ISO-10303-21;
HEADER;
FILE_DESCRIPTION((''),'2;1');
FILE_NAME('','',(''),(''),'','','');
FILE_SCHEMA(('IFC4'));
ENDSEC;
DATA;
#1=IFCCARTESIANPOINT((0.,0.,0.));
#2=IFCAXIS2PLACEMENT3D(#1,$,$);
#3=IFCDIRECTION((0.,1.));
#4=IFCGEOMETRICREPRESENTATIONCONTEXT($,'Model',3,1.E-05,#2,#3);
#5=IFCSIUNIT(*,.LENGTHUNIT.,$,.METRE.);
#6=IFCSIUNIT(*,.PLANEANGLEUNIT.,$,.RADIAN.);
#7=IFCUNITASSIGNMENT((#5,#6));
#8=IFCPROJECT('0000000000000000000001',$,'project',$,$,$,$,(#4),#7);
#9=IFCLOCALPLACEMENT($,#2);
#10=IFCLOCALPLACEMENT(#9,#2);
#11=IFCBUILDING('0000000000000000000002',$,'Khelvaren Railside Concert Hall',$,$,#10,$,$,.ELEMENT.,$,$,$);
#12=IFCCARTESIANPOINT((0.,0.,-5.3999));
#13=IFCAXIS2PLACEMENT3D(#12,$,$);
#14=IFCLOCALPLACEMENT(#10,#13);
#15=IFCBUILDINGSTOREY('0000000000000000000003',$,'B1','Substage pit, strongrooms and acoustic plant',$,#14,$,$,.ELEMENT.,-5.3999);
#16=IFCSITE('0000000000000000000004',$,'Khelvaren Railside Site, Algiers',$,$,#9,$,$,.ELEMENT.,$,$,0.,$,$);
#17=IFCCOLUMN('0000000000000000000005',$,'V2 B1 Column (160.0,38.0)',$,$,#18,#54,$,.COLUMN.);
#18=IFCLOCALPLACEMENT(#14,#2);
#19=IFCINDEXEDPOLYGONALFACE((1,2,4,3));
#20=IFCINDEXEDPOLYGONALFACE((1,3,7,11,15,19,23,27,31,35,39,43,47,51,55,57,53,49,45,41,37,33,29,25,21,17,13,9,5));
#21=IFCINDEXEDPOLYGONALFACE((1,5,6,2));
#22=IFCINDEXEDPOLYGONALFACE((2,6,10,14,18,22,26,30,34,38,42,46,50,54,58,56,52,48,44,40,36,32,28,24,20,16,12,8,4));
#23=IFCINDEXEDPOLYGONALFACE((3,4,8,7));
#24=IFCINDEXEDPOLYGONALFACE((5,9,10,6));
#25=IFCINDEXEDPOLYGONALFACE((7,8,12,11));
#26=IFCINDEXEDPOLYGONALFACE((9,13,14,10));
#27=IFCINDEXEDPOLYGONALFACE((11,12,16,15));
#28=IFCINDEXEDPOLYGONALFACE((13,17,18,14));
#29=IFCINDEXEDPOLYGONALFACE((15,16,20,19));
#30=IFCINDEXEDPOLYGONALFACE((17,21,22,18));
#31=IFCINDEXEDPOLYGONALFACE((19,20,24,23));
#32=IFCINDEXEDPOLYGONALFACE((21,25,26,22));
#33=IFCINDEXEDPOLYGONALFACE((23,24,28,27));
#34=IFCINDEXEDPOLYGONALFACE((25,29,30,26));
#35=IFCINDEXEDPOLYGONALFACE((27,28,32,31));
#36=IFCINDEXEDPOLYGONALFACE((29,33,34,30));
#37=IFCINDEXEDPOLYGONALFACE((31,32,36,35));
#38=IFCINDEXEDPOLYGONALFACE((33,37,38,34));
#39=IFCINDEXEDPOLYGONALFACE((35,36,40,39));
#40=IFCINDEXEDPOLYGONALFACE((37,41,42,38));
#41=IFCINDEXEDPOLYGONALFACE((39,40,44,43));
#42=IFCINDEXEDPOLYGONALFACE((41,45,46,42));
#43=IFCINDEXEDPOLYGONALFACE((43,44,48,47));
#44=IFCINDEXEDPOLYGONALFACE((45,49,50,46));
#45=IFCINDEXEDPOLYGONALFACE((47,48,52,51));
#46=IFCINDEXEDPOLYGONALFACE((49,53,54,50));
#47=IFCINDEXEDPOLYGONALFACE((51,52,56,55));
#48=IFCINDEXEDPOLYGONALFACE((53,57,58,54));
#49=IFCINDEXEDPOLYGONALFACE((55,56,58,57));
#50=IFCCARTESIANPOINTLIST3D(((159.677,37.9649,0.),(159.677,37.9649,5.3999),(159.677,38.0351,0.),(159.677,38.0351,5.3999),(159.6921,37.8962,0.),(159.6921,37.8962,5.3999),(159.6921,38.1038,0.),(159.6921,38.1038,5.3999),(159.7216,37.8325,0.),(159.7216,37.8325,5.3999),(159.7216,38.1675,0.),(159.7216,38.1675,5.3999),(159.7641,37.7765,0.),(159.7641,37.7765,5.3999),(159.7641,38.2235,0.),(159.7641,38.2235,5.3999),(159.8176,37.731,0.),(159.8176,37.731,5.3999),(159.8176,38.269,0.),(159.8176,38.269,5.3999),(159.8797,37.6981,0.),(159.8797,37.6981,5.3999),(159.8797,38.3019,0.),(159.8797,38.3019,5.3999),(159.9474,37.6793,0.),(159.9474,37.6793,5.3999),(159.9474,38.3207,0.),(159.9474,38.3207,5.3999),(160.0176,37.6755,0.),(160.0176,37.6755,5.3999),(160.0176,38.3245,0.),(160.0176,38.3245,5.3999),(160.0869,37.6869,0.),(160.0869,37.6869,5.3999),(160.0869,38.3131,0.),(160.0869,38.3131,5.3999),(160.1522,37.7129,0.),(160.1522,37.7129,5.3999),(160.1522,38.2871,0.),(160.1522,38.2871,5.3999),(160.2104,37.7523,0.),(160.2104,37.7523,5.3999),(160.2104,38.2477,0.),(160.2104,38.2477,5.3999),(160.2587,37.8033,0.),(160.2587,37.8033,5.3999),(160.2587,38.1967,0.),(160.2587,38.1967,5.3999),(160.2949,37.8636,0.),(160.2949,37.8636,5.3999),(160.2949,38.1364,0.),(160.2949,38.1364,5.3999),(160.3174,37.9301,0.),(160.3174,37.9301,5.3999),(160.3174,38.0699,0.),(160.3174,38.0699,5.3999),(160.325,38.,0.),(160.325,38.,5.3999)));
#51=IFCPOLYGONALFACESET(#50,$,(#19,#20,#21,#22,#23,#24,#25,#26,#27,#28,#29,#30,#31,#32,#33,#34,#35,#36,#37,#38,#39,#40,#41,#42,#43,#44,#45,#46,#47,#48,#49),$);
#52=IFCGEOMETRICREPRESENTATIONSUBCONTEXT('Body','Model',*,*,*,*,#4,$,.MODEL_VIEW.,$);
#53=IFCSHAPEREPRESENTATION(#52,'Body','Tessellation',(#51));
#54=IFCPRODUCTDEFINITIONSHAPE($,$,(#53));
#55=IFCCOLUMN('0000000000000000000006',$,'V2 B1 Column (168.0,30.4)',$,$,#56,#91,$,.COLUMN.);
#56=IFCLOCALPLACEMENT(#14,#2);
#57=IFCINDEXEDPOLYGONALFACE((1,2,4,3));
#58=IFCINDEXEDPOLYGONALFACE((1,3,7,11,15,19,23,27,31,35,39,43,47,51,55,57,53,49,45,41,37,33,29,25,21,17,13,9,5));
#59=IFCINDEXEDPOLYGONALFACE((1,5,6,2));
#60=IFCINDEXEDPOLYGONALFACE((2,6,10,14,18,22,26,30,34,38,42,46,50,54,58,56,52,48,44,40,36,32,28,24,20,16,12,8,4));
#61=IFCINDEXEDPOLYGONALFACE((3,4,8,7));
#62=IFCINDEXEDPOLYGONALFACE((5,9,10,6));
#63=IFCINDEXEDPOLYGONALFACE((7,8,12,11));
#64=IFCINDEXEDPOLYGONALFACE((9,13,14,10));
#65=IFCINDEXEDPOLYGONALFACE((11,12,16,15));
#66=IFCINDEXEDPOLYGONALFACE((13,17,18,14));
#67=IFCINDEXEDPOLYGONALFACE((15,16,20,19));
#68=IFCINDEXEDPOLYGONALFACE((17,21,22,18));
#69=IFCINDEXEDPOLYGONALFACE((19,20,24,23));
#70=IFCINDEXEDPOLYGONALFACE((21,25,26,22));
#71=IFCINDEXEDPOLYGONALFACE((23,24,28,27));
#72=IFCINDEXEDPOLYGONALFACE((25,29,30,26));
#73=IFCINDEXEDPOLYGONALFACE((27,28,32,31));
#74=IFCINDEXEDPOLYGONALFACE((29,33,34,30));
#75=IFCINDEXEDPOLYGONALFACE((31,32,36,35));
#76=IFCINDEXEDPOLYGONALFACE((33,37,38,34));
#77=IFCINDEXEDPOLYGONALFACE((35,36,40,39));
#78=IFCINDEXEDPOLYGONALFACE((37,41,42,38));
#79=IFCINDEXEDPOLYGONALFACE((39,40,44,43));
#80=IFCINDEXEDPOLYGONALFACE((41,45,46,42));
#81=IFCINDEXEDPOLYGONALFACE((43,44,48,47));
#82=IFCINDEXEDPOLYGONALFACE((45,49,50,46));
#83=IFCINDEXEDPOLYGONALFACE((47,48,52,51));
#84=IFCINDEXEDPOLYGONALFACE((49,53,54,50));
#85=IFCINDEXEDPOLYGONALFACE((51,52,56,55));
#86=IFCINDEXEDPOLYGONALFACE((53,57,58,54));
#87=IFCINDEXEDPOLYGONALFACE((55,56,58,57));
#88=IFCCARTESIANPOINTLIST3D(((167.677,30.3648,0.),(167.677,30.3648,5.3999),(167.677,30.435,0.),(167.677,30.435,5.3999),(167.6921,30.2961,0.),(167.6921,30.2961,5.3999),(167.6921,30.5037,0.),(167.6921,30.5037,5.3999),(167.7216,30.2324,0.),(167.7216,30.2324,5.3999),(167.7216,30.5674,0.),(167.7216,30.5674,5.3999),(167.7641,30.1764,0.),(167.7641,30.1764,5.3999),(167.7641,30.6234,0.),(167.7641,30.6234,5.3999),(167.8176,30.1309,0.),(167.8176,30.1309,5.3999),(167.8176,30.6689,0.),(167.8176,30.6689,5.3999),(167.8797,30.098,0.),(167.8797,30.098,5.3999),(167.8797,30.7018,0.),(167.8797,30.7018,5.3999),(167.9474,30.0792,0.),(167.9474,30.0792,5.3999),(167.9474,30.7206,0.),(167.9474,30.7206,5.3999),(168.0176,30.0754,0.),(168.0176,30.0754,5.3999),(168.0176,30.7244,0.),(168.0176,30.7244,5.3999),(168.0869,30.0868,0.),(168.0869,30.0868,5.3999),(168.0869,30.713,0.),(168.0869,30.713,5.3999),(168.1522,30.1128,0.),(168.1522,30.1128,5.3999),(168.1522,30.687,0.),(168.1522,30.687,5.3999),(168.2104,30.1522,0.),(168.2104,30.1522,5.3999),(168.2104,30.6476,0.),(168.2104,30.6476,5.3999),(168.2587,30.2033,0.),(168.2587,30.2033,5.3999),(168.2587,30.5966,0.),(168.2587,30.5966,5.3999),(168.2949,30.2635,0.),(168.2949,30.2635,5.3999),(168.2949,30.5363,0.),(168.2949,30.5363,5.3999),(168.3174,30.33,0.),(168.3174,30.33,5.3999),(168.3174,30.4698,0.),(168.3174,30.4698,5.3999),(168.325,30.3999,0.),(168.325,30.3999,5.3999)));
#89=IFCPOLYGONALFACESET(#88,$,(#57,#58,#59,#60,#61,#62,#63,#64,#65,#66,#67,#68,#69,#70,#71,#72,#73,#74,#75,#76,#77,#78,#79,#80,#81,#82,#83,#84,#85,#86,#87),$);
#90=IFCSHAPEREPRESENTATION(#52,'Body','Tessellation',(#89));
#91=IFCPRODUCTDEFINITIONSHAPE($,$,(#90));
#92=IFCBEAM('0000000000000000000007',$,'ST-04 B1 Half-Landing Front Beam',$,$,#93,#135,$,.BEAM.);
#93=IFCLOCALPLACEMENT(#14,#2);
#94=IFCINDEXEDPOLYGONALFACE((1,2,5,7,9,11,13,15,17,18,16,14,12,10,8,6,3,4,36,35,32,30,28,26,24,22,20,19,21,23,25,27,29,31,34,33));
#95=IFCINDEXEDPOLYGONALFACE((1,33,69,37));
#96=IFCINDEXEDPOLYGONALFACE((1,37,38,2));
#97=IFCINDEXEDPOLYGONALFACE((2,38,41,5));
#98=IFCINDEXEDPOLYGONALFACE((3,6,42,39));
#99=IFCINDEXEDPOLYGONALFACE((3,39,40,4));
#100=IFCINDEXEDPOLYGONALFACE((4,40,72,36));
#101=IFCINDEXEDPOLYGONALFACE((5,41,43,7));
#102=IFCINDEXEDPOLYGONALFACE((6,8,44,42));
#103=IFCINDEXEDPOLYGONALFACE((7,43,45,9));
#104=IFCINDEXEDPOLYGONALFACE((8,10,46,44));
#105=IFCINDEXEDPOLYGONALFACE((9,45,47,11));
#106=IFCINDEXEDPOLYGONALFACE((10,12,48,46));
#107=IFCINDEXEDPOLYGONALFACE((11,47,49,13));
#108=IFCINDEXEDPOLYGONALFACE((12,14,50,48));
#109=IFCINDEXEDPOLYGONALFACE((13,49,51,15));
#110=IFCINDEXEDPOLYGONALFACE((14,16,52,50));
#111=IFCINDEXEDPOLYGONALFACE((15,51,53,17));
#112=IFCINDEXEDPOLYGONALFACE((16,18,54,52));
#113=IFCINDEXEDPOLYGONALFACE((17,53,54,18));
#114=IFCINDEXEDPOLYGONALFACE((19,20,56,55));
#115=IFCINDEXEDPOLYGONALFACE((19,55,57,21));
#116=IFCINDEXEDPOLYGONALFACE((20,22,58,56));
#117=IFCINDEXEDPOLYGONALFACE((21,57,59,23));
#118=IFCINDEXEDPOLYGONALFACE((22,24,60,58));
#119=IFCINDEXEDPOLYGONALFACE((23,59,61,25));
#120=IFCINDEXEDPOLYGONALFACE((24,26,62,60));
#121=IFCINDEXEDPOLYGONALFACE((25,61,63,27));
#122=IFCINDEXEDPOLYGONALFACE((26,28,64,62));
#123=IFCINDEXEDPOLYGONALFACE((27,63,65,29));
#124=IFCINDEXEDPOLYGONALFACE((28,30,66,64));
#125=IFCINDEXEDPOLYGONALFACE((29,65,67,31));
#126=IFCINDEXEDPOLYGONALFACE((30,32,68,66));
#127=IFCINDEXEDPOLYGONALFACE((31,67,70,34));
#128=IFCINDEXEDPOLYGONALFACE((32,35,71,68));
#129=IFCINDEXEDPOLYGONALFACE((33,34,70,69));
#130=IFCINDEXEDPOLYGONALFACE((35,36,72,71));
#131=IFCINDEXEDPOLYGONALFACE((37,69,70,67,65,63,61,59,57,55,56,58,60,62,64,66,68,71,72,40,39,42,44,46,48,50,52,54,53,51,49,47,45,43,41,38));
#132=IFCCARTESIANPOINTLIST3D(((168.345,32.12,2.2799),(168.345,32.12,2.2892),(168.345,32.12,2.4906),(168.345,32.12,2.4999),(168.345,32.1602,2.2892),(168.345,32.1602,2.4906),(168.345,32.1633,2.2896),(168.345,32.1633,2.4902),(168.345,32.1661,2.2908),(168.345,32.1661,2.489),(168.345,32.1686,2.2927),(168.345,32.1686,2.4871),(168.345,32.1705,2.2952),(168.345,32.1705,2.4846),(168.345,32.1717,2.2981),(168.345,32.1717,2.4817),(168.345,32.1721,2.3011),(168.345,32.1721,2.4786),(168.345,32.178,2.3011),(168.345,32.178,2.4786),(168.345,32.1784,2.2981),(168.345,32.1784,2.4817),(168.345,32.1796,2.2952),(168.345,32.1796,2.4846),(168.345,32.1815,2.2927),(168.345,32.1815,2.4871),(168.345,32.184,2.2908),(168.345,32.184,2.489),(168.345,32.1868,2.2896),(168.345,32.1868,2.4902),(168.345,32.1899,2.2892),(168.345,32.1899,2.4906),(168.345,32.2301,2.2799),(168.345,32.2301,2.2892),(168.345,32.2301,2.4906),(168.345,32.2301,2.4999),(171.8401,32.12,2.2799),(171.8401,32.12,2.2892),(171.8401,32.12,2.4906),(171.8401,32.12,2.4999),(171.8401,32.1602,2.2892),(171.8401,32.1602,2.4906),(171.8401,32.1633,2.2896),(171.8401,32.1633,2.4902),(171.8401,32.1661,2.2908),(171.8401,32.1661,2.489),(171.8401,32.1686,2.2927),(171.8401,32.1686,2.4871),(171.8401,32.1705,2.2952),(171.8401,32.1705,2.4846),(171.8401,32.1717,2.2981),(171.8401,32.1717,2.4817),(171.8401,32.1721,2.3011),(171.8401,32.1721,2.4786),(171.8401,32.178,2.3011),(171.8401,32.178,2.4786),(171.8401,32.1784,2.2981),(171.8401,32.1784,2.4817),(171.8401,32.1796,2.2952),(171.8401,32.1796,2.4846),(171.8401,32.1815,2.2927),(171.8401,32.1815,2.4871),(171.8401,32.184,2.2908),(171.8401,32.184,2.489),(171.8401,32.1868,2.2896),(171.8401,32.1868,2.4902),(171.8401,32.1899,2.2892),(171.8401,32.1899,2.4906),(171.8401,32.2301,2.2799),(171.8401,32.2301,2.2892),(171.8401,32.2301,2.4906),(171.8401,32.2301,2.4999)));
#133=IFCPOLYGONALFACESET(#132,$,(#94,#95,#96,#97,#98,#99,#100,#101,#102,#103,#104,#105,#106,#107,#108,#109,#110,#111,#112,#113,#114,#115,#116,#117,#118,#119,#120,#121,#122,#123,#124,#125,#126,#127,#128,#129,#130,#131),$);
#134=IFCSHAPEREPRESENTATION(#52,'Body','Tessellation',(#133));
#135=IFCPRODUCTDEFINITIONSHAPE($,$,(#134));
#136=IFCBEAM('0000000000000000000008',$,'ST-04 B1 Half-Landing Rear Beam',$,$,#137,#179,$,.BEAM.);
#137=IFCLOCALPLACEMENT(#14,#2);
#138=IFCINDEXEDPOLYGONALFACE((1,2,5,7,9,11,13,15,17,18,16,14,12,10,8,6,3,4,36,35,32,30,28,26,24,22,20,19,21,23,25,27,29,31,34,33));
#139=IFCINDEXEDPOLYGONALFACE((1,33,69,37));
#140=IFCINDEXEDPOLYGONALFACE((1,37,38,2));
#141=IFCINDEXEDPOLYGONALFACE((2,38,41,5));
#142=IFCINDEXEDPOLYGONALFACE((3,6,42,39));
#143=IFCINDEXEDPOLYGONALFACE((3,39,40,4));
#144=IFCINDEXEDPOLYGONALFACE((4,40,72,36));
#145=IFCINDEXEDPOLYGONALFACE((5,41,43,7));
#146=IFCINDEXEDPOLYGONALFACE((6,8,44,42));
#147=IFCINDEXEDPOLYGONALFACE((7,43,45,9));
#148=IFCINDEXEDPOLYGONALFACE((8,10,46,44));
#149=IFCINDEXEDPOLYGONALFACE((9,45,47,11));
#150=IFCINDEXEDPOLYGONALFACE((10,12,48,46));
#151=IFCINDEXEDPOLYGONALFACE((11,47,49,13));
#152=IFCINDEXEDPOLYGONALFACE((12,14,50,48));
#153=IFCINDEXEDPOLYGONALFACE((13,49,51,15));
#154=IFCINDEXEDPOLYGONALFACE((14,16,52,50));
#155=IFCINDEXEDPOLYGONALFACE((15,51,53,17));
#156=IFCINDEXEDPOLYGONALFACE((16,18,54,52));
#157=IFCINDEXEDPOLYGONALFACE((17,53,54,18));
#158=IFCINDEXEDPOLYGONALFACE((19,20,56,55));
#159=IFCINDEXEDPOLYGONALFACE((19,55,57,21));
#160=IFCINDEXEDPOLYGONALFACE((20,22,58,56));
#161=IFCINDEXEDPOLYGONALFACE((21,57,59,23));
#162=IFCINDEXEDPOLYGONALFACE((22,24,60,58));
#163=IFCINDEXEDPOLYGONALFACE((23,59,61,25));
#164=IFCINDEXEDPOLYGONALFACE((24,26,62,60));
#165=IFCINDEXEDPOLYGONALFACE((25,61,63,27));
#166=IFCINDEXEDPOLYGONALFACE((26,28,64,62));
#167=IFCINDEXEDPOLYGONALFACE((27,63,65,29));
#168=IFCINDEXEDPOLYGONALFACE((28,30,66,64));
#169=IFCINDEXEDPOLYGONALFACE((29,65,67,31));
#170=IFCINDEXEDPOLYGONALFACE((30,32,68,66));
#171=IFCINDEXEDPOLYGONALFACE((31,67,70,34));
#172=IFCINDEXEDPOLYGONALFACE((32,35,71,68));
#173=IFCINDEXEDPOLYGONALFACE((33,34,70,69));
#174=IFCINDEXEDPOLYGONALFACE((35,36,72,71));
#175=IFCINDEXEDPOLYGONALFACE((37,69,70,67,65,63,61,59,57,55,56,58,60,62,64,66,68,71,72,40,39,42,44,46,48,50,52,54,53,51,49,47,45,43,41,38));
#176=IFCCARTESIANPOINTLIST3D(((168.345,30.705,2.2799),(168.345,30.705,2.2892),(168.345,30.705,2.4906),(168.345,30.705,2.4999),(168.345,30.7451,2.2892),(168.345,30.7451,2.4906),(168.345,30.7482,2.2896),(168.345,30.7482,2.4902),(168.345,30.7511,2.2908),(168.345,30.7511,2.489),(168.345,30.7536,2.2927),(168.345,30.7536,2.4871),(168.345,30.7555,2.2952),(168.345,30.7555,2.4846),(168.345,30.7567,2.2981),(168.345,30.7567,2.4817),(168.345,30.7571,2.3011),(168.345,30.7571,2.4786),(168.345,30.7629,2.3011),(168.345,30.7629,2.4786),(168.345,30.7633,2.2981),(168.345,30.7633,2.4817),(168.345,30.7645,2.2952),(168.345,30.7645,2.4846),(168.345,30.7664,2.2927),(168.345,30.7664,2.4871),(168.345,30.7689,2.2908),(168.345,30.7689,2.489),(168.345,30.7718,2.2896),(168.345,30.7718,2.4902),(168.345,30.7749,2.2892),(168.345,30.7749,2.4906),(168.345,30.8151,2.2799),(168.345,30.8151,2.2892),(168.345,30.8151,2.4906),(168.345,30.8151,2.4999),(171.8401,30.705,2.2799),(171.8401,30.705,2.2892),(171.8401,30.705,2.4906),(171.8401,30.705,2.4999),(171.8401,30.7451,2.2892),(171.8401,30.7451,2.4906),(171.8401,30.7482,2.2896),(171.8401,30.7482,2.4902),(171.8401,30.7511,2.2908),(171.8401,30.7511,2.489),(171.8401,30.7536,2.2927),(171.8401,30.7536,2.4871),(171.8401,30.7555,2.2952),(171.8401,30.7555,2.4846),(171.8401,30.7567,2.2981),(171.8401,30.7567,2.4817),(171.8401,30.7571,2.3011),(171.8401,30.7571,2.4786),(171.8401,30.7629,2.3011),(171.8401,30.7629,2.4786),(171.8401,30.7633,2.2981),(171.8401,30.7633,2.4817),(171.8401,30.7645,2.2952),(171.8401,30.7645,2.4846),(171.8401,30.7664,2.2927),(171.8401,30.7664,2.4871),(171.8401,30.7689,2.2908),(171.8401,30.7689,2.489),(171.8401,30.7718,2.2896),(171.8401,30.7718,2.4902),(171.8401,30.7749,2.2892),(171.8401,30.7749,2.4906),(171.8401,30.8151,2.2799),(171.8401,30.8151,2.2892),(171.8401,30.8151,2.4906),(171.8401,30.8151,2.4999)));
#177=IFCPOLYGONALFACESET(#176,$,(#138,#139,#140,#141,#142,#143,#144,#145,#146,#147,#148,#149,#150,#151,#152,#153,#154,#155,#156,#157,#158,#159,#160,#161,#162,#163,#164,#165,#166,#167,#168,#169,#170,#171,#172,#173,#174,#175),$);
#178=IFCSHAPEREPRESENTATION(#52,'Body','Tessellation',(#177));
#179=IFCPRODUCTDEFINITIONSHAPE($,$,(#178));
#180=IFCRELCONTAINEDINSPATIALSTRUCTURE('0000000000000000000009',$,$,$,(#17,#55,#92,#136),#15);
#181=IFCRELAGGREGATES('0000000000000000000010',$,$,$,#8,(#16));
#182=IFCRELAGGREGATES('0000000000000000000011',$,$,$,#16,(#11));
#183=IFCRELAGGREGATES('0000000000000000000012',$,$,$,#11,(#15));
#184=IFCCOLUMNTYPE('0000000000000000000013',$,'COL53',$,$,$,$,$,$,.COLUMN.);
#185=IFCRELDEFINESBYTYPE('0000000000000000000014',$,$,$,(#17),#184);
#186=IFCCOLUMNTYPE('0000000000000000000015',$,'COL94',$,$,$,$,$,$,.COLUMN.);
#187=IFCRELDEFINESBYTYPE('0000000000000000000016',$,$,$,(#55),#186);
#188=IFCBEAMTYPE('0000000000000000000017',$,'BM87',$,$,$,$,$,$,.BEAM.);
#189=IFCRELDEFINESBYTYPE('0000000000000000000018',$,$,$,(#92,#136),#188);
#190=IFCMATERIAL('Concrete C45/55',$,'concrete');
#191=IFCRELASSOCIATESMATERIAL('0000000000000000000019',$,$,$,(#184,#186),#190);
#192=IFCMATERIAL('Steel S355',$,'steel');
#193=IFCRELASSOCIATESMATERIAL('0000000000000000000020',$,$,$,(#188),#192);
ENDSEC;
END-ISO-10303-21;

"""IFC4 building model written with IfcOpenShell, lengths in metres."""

from ifc_helpers import new_model, si_unit, direction, frame, origin, origin_2d, place, context, subcontext, project, spatial, circle, i_section, extrude, material, material_profile, profile_set, type_object, element, save


model = new_model("IFC4")

# Units and contexts
model_context = context("Model", 3, precision=1e-05, world=origin(), true_north=direction((0.0, 1.0)))
body_context = subcontext(model_context, "Body", "Model", "MODEL_VIEW")
ifc_project = project(units=[si_unit("LENGTHUNIT", "METRE"), si_unit("PLANEANGLEUNIT", "RADIAN")], contexts=[model_context])

# Site, building, storey
site_placement = place(None, origin())
site = spatial("IfcSite", under=ifc_project, at=site_placement, Name="Khelvaren Railside Site, Algiers", CompositionType="ELEMENT", RefElevation=0.0)
building_placement = place(site_placement, origin())
building = spatial("IfcBuilding", under=site, at=building_placement, Name="Khelvaren Railside Concert Hall", CompositionType="ELEMENT")
storey_placement = place(building_placement, frame((0.0, 0.0, -5.3999)))
storey = spatial("IfcBuildingStorey", under=building, at=storey_placement, Name="B1", Description="Substage pit, strongrooms and acoustic plant", CompositionType="ELEMENT", Elevation=-5.3999)

# Columns
ifc_material_1 = material(Name="Concrete C45/55", Category="concrete")
ifc_material_profile_1 = material_profile(ifc_material_1, circle(Radius=0.325, at=origin_2d()), Name="RC D650")
ifc_profile_set_1 = profile_set([ifc_material_profile_1], Name="Concrete C45/55")
column_type_1 = type_object("IfcColumnType", Name="COL53", PredefinedType="COLUMN", material=ifc_profile_set_1)
column_1_placement = place(storey_placement, frame((160.0, 38.0, 0.0), z_axis=(0.0, 0.0, 1.0), x_axis=(1.0, 0.0, 0.0)))
element("IfcColumn", 1, at=column_1_placement, inside=storey, type_object=column_type_1, Name="V2 B1 Column (160.0,38.0)", PredefinedType="COLUMN", context=body_context, shape_type="SweptSolid", body=[
    extrude(circle(Radius=0.325, at=origin_2d()), origin(), (0.0, 0.0, 1.0), 5.3999),
])
ifc_material_profile_2 = material_profile(ifc_material_1, circle(Radius=0.325, at=origin_2d()), Name="RC D650")
ifc_profile_set_2 = profile_set([ifc_material_profile_2], Name="Concrete C45/55")
column_type_2 = type_object("IfcColumnType", Name="COL94", PredefinedType="COLUMN", material=ifc_profile_set_2)
column_2_placement = place(storey_placement, frame((168.0, 30.3999, 0.0), z_axis=(0.0, 0.0, 1.0), x_axis=(1.0, 0.0, 0.0)))
element("IfcColumn", 2, at=column_2_placement, inside=storey, type_object=column_type_2, Name="V2 B1 Column (168.0,30.4)", PredefinedType="COLUMN", context=body_context, shape_type="SweptSolid", body=[
    extrude(circle(Radius=0.325, at=origin_2d()), origin(), (0.0, 0.0, 1.0), 5.3999),
])

# Beams
ifc_material_2 = material(Name="Steel S355", Category="steel")
ifc_material_profile_3 = material_profile(ifc_material_2, i_section(OverallWidth=0.1101, OverallDepth=0.22, WebThickness=0.0059, FlangeThickness=0.0093, FilletRadius=0.012, at=origin_2d()), Name="IPE 220")
ifc_profile_set_3 = profile_set([ifc_material_profile_3], Name="Steel S355")
beam_type_1 = type_object("IfcBeamType", Name="BM87", PredefinedType="BEAM", material=ifc_profile_set_3)
for number, where, z_axis, x_axis, name in (
    (3, (168.345, 32.175, 2.3899), (1.0, 0.0, 0.0), (0.0, 1.0, 0.0), "ST-04 B1 Half-Landing Front Beam"),
    (4, (168.345, 30.76, 2.3899), (1.0, 0.0, 0.0), (0.0, 1.0, 0.0), "ST-04 B1 Half-Landing Rear Beam"),
):
    element("IfcBeam", number, at=place(storey_placement, frame(where, z_axis=z_axis, x_axis=x_axis)), inside=storey, type_object=beam_type_1, Name=name, PredefinedType="BEAM", context=body_context, shape_type="SweptSolid", body=[
        extrude(i_section(OverallWidth=0.1101, OverallDepth=0.22, WebThickness=0.0059, FlangeThickness=0.0093, FilletRadius=0.012, at=origin_2d()), origin(), (0.0, 0.0, 1.0), 3.4951),
    ])

save(model, "model.ifc")
